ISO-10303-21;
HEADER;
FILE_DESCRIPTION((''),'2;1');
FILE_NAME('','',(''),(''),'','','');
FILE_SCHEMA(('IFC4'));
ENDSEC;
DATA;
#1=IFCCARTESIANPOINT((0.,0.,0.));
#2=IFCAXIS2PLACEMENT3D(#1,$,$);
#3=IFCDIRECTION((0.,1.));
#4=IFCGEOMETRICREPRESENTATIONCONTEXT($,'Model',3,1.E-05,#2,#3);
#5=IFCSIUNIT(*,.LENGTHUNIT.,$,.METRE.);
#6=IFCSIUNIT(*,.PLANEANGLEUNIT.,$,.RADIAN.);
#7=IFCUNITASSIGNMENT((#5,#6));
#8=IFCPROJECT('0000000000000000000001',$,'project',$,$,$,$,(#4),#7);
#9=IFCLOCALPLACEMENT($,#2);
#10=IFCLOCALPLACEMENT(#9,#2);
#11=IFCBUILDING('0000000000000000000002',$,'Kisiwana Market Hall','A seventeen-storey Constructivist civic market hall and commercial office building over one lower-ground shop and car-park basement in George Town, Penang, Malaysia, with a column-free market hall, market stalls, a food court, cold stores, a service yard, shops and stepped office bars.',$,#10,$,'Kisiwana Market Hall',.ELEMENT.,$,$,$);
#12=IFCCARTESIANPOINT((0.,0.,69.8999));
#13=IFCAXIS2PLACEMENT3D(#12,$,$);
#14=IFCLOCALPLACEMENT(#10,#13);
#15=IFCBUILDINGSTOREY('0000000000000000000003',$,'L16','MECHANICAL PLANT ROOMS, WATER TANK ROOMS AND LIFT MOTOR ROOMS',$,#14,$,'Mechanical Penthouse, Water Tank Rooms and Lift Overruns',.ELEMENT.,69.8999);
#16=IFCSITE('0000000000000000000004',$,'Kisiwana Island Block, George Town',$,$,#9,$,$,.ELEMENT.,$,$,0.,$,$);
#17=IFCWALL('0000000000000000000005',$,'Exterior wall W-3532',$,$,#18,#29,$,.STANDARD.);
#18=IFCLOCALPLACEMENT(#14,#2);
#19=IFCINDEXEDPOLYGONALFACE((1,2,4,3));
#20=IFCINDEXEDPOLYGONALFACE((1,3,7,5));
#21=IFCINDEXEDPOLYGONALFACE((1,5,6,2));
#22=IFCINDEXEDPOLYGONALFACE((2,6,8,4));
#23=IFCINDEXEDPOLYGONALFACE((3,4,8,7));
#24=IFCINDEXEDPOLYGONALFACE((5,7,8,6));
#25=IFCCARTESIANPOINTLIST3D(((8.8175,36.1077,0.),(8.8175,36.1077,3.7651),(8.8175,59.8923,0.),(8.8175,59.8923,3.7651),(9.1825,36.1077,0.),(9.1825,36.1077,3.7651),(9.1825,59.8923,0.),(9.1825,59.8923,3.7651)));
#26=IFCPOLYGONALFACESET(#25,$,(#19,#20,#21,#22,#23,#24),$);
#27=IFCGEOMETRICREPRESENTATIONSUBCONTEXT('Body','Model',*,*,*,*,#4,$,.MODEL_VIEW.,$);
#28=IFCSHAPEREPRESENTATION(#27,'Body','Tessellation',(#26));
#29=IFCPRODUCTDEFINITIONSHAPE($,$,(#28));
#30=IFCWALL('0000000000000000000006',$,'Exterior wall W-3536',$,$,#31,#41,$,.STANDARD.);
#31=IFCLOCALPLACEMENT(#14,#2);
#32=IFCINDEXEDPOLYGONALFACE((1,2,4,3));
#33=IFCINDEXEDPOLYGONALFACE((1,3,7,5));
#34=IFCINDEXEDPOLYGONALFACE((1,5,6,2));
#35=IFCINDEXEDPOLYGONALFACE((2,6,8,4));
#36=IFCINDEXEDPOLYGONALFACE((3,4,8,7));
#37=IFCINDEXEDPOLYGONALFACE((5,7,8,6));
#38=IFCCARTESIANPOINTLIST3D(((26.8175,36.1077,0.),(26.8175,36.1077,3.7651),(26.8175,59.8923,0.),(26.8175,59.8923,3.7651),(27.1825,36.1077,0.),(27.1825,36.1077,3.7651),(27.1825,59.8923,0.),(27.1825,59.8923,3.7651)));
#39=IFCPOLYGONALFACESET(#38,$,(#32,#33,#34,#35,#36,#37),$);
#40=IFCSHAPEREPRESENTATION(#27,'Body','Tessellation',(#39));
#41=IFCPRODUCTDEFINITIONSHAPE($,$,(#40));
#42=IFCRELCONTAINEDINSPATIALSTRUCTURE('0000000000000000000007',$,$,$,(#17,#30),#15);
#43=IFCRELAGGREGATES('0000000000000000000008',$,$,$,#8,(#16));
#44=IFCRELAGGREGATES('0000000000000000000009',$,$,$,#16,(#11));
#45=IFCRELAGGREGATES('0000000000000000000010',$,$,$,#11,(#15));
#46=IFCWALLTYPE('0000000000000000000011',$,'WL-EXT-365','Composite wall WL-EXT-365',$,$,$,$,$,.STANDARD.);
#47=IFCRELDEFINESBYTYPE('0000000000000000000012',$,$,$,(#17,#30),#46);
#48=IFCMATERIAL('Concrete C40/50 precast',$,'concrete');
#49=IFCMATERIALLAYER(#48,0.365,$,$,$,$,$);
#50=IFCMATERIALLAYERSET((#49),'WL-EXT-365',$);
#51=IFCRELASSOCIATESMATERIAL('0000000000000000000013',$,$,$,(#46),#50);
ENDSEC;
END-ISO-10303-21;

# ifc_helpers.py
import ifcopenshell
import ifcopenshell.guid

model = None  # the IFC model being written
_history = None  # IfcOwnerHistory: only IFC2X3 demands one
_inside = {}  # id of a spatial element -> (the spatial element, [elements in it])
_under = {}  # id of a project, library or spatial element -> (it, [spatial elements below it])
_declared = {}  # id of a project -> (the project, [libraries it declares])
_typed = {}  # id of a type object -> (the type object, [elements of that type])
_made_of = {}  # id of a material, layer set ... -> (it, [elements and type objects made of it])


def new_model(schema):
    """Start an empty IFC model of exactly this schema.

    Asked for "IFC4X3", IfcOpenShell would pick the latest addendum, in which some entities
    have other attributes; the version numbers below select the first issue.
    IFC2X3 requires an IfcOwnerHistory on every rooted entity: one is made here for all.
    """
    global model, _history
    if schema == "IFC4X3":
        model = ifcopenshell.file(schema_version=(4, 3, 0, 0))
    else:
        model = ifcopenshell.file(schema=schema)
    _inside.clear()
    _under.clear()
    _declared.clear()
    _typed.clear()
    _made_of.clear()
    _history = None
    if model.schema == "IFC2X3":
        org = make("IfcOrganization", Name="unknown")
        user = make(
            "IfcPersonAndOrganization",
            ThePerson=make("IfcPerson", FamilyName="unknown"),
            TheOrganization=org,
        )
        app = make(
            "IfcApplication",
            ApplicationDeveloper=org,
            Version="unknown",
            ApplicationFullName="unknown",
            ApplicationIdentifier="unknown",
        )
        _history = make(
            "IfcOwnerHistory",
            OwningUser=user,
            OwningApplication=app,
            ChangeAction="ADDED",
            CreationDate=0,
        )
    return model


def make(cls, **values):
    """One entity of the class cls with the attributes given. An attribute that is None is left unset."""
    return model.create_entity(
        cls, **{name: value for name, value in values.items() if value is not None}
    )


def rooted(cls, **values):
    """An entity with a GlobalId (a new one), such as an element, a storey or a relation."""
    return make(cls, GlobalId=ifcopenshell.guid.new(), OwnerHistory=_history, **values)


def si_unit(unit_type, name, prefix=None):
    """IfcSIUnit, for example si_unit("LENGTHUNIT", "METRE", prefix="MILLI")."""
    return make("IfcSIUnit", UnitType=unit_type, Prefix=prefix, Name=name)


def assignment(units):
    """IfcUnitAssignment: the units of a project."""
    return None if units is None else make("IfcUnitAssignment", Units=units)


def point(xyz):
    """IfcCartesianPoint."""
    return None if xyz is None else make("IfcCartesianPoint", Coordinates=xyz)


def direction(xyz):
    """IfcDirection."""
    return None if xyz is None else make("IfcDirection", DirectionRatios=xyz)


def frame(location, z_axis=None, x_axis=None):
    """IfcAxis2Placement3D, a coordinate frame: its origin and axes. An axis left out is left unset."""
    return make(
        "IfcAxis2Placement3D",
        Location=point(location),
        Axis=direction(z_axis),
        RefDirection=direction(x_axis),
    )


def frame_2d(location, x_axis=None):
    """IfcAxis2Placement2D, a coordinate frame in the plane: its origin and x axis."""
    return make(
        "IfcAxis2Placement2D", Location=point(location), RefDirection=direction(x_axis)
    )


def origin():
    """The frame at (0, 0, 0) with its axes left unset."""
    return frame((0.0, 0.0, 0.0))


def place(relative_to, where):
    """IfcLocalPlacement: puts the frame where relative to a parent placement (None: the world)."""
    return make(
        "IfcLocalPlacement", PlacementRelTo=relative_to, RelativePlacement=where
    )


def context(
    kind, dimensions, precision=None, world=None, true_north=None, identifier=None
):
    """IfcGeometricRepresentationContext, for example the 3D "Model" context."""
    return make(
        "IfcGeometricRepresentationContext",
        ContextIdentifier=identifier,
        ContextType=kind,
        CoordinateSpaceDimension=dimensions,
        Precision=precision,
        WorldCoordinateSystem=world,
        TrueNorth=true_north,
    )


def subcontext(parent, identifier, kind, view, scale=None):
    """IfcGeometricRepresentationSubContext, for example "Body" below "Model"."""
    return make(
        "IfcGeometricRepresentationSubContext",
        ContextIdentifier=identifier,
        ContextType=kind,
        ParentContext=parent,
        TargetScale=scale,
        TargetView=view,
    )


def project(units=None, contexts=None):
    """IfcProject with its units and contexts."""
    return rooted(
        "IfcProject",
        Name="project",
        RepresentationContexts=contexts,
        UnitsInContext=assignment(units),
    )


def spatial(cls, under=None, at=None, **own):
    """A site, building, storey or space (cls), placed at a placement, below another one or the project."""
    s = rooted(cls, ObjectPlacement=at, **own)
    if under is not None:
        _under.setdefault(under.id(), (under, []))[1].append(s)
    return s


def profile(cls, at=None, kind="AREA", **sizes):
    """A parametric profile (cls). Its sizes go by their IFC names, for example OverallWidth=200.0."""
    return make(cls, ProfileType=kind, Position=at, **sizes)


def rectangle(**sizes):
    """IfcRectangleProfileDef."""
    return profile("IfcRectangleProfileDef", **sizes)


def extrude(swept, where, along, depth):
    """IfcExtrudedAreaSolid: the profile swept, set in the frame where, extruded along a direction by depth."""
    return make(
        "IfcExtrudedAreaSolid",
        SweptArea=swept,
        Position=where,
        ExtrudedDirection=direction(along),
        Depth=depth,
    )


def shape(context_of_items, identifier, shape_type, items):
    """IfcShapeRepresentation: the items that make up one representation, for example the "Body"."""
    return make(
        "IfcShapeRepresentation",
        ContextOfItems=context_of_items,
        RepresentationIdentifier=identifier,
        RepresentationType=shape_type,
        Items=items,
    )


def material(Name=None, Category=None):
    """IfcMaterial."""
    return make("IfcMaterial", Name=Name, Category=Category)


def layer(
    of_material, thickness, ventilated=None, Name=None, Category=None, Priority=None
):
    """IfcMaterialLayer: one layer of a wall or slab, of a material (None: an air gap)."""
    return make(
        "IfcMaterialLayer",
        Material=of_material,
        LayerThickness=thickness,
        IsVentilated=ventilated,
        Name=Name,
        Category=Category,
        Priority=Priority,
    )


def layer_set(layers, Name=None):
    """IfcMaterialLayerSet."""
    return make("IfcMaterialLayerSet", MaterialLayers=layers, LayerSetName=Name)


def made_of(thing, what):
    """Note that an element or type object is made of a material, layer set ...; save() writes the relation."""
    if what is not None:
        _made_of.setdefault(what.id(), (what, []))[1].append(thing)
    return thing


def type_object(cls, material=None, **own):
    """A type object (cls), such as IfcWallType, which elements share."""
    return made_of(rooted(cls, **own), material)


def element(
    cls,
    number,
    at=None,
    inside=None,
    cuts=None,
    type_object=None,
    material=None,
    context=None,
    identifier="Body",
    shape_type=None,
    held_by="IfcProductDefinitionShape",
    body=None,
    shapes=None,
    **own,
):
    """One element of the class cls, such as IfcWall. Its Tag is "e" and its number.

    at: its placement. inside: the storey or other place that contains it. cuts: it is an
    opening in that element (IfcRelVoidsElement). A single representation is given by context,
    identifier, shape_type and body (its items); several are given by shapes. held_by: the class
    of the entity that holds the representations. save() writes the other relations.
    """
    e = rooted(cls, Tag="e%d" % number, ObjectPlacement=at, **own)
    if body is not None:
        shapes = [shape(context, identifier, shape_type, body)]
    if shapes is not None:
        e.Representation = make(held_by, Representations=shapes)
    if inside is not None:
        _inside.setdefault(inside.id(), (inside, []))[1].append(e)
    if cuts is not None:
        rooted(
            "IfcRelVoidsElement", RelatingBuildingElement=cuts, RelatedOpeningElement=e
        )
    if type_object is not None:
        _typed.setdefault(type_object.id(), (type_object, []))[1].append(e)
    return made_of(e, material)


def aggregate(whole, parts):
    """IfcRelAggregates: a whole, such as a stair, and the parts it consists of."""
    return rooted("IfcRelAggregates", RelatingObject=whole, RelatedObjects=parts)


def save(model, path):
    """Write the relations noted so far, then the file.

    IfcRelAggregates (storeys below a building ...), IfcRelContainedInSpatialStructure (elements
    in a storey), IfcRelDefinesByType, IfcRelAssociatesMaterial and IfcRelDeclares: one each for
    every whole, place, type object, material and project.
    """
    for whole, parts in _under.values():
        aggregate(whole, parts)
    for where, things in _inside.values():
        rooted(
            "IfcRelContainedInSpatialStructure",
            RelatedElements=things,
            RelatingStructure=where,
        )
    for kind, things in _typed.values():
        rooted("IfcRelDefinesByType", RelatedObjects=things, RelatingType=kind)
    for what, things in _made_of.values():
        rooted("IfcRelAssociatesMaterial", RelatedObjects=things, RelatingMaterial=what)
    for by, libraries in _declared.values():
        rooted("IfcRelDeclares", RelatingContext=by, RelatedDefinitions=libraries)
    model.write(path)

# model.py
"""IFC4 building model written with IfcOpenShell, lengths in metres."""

from ifc_helpers import new_model, si_unit, direction, frame, frame_2d, origin, place, context, subcontext, project, spatial, rectangle, extrude, material, layer, layer_set, type_object, element, save


model = new_model("IFC4")

# Units and contexts
model_context = context("Model", 3, precision=1e-05, world=origin(), true_north=direction((0.0, 1.0)))
body_context = subcontext(model_context, "Body", "Model", "MODEL_VIEW")
ifc_project = project(units=[si_unit("LENGTHUNIT", "METRE"), si_unit("PLANEANGLEUNIT", "RADIAN")], contexts=[model_context])

# Site, building, storey
site_placement = place(None, origin())
site = spatial("IfcSite", under=ifc_project, at=site_placement, Name="Kisiwana Island Block, George Town", CompositionType="ELEMENT", RefElevation=0.0)
building_placement = place(site_placement, origin())
building = spatial("IfcBuilding", under=site, at=building_placement, Name="Kisiwana Market Hall", Description="A seventeen-storey Constructivist civic market hall and commercial office building over one lower-ground shop and car-park basement in George Town, Penang, Malaysia, with a column-free market hall, market stalls, a food court, cold stores, a service yard, shops and stepped office bars.", LongName="Kisiwana Market Hall", CompositionType="ELEMENT")
storey_placement = place(building_placement, frame((0.0, 0.0, 69.8999)))
storey = spatial("IfcBuildingStorey", under=building, at=storey_placement, Name="L16", Description="MECHANICAL PLANT ROOMS, WATER TANK ROOMS AND LIFT MOTOR ROOMS", LongName="Mechanical Penthouse, Water Tank Rooms and Lift Overruns", CompositionType="ELEMENT", Elevation=69.8999)

# Walls
ifc_material_1 = material(Name="Concrete C40/50 precast", Category="concrete")
ifc_layer_1 = layer(ifc_material_1, 0.365)
ifc_layer_set_1 = layer_set([ifc_layer_1], Name="WL-EXT-365")
wall_type_1 = type_object("IfcWallType", Name="WL-EXT-365", Description="Composite wall WL-EXT-365", PredefinedType="STANDARD", material=ifc_layer_set_1)
for number, where, z_axis, x_axis, name in (
    (1, (9.0, 36.1077, 0.0), (0.0, 0.0, 1.0), (0.0, 1.0, 0.0), "Exterior wall W-3532"),
    (2, (27.0, 36.1077, 0.0), (0.0, 0.0, 1.0), (0.0, 1.0, 0.0), "Exterior wall W-3536"),
):
    element("IfcWall", number, at=place(storey_placement, frame(where, z_axis=z_axis, x_axis=x_axis)), inside=storey, type_object=wall_type_1, Name=name, PredefinedType="STANDARD", context=body_context, shape_type="SweptSolid", body=[
        extrude(rectangle(XDim=23.7847, YDim=0.365, at=frame_2d((11.8923, 0.0))), origin(), (0.0, 0.0, 1.0), 3.7651),
    ])

save(model, "model.ifc")
